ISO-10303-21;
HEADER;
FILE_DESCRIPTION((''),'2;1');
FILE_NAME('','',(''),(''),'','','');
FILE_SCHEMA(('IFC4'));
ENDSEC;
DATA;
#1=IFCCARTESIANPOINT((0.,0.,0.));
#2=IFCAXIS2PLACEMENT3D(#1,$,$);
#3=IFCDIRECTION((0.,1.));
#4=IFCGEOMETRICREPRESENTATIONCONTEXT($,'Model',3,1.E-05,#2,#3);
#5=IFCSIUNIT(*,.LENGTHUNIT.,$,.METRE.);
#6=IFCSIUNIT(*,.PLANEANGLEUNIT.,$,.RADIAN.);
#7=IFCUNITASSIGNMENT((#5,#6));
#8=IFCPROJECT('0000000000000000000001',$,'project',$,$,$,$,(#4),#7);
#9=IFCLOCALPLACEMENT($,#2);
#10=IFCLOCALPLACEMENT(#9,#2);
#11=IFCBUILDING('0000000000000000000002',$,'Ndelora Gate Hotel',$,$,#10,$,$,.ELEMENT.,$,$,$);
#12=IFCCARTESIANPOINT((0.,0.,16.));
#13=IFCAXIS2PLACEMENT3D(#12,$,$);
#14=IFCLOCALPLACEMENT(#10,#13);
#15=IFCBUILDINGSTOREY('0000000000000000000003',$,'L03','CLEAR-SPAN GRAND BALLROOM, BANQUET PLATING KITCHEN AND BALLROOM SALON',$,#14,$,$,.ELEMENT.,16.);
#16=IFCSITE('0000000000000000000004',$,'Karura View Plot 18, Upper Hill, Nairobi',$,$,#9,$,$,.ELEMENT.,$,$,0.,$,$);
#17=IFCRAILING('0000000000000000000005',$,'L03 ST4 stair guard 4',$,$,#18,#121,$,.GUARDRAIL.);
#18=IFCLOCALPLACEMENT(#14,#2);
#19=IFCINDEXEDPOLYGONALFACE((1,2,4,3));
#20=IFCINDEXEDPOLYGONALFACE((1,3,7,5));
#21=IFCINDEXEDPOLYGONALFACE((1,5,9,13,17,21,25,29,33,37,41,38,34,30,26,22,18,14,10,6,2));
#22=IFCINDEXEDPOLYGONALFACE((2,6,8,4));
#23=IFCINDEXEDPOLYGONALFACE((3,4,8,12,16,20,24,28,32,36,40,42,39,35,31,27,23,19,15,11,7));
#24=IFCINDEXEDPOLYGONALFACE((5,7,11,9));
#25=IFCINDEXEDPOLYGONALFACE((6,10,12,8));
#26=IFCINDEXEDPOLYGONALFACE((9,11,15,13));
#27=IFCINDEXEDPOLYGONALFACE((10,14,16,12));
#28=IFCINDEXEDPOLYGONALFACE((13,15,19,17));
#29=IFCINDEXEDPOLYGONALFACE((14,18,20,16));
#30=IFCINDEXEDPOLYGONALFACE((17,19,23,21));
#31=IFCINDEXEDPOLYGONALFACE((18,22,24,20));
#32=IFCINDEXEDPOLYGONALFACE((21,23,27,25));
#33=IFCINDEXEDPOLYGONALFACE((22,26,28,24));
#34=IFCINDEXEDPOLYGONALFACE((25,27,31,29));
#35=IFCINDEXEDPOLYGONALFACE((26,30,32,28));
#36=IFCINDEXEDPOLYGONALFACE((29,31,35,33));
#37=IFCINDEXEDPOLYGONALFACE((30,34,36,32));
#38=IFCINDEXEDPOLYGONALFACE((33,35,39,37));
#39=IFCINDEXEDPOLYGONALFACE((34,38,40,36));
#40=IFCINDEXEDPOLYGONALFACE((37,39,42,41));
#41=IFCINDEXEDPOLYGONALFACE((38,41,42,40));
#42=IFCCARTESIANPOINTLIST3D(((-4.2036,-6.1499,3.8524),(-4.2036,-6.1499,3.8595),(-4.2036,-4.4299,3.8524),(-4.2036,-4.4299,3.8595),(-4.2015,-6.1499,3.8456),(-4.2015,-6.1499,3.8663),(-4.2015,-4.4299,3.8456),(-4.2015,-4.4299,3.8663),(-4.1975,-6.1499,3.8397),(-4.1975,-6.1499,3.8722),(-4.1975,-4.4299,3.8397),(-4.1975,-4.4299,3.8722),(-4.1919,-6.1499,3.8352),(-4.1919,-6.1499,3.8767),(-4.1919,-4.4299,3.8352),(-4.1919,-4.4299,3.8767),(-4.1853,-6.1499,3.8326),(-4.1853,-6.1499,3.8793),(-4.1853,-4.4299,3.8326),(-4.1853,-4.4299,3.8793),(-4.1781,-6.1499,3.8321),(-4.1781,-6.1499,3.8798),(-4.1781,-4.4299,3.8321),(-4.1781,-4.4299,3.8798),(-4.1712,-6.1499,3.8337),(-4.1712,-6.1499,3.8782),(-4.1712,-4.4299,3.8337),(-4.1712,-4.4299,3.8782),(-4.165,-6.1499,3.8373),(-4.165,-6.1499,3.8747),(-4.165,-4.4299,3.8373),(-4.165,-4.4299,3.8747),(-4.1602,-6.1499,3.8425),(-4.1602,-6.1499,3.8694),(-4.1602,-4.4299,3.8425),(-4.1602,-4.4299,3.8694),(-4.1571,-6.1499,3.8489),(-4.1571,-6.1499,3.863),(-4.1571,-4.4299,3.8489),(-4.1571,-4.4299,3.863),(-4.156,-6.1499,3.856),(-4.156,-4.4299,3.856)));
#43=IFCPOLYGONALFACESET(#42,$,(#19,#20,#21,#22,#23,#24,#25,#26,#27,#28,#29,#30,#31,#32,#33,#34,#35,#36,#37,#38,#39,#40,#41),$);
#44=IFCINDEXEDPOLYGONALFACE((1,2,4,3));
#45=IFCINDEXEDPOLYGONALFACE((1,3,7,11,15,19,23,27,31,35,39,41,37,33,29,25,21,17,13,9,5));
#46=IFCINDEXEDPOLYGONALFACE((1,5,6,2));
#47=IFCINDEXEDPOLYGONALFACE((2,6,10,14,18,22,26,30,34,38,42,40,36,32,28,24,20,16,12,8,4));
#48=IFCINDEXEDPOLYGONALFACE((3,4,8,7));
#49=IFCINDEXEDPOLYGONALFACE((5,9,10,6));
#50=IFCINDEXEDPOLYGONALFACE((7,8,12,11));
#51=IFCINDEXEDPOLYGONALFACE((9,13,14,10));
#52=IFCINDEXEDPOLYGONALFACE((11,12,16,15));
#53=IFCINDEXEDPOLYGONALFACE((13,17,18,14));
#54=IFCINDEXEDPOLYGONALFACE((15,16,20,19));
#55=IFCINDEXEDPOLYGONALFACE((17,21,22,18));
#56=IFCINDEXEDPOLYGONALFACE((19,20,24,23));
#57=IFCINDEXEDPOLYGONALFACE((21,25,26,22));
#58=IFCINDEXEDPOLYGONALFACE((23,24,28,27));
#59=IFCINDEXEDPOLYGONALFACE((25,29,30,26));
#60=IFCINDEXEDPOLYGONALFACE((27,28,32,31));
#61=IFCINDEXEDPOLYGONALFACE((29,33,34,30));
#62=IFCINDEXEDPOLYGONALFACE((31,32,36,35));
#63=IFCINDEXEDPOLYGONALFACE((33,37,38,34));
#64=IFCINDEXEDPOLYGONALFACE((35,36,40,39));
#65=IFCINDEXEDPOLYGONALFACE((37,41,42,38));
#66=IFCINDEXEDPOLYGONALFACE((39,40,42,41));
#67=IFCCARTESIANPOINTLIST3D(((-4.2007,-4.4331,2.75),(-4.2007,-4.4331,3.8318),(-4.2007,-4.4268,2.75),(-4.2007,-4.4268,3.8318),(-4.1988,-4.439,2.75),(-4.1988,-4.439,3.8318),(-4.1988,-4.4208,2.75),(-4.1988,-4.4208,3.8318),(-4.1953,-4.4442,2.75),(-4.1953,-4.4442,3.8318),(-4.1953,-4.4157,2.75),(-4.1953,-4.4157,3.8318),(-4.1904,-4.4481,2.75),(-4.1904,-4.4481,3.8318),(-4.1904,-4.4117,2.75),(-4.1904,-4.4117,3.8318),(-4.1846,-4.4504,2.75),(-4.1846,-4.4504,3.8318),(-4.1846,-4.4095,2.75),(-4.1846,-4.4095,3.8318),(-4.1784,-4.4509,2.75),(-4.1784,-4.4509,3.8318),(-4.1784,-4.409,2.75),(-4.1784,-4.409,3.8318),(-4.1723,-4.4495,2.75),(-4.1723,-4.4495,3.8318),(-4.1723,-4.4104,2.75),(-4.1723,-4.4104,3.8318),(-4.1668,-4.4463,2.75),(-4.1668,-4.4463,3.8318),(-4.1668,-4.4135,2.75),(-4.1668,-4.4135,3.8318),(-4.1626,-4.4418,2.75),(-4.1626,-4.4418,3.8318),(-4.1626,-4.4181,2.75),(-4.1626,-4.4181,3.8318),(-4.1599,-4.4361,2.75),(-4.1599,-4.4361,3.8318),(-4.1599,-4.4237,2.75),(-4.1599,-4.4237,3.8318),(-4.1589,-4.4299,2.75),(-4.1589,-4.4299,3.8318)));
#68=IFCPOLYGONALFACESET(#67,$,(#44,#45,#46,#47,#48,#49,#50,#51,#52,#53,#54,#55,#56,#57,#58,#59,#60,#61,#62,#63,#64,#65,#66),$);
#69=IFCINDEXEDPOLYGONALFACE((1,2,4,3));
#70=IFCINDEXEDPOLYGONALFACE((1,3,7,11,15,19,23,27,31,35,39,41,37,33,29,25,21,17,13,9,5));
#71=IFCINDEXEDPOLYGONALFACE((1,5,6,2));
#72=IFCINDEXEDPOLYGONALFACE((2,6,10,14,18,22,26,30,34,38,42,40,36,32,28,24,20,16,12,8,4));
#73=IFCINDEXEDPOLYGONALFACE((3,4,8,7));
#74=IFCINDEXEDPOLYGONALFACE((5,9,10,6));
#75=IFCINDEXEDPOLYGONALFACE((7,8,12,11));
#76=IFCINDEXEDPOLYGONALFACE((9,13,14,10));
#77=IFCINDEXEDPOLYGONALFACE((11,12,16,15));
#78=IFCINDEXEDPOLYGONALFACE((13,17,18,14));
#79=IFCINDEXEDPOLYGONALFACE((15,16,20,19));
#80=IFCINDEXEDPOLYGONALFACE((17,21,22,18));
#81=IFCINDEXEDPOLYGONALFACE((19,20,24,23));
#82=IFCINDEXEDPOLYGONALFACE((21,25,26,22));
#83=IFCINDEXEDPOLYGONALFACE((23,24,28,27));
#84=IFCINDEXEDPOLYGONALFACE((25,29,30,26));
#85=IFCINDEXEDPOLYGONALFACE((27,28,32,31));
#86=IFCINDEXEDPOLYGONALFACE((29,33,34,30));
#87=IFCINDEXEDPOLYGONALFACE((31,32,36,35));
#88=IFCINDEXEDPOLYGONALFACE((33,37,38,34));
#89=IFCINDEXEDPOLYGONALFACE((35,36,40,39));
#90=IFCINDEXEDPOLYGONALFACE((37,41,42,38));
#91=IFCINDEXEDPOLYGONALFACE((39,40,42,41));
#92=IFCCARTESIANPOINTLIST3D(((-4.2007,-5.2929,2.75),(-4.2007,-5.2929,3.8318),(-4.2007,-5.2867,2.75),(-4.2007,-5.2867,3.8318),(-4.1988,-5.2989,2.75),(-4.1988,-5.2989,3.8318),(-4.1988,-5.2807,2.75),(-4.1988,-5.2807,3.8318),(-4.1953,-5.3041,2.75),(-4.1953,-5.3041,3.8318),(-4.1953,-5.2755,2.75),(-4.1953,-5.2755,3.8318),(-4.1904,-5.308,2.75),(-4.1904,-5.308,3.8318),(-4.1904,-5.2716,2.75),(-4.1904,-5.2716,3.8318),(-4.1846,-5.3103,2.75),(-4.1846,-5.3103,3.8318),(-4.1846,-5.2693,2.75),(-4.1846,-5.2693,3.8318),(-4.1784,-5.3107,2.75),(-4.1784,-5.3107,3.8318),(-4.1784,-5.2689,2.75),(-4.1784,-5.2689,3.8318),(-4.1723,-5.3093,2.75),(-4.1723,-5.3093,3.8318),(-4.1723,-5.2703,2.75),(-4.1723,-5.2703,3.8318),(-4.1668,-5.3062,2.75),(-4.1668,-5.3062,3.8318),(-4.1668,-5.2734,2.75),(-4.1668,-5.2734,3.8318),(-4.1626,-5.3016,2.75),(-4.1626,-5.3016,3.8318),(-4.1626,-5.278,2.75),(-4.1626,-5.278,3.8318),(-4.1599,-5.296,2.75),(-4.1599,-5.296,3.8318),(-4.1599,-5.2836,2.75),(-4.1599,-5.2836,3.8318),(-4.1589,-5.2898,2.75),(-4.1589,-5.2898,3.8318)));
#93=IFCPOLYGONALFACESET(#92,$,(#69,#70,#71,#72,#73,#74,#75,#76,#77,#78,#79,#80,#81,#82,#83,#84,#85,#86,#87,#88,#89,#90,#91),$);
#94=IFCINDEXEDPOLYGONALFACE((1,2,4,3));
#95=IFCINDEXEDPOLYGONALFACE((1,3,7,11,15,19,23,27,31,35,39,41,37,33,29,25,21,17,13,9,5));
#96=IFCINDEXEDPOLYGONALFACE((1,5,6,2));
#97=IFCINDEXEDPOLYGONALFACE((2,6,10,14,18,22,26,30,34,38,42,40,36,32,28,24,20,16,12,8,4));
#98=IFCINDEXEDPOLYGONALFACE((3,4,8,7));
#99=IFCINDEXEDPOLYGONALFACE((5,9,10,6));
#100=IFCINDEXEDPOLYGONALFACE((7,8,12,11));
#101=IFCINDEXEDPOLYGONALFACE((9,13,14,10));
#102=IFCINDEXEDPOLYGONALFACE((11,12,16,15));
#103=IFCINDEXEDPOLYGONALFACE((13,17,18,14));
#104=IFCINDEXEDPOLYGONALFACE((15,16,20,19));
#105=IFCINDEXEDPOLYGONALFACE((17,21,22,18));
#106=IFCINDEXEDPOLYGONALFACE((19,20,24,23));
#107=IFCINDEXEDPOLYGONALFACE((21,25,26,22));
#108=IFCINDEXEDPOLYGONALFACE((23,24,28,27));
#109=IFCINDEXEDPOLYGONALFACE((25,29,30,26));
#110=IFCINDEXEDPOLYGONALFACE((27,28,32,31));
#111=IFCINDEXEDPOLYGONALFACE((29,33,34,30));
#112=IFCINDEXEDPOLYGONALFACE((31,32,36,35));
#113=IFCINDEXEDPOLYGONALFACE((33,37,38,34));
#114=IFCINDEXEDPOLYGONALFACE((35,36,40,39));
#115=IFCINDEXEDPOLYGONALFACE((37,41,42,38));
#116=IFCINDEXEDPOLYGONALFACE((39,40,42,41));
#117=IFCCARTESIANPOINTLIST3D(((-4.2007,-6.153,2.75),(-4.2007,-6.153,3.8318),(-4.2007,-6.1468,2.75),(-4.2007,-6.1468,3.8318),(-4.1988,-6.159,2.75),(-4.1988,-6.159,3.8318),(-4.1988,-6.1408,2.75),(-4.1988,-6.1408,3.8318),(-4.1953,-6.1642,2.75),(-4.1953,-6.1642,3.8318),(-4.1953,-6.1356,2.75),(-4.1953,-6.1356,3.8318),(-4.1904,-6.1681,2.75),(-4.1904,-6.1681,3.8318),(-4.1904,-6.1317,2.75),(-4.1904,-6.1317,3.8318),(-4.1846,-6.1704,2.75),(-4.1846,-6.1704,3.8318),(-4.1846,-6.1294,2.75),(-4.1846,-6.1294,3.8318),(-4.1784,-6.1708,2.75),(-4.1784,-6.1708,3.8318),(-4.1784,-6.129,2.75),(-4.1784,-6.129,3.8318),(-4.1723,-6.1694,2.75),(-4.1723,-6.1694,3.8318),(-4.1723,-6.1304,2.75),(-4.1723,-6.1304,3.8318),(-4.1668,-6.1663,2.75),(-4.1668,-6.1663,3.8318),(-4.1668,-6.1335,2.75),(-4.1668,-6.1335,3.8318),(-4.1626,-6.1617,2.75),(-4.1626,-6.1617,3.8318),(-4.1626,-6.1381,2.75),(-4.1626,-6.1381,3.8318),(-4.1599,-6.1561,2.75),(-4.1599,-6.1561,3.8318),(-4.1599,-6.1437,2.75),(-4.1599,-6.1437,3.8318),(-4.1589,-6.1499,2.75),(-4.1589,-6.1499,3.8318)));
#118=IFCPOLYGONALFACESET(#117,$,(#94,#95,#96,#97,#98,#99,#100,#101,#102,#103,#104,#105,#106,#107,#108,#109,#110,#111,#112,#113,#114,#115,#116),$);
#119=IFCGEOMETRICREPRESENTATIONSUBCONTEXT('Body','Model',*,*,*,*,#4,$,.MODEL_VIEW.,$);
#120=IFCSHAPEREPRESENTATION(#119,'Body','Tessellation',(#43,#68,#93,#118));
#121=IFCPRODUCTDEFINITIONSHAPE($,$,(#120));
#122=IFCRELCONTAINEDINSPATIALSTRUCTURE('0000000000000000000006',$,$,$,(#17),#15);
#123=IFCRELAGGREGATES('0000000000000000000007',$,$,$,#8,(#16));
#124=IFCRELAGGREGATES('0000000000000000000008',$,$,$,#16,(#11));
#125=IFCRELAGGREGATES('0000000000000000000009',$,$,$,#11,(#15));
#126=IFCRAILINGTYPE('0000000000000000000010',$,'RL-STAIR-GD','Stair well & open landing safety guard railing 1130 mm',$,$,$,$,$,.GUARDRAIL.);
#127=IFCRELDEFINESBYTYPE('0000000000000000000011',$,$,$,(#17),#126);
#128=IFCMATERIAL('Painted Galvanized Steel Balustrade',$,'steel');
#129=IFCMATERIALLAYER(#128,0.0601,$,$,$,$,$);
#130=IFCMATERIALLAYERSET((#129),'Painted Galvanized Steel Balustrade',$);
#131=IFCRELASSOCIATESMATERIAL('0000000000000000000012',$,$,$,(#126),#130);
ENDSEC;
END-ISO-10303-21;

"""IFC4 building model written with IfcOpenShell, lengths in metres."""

from ifc_helpers import new_model, si_unit, direction, frame, origin, origin_2d, place, context, subcontext, project, spatial, circle, extrude, material, layer, layer_set, type_object, element, save


model = new_model("IFC4")

# Units and contexts
model_context = context("Model", 3, precision=1e-05, world=origin(), true_north=direction((0.0, 1.0)))
body_context = subcontext(model_context, "Body", "Model", "MODEL_VIEW")
ifc_project = project(units=[si_unit("LENGTHUNIT", "METRE"), si_unit("PLANEANGLEUNIT", "RADIAN")], contexts=[model_context])

# Site, building, storey
site_placement = place(None, origin())
site = spatial("IfcSite", under=ifc_project, at=site_placement, Name="Karura View Plot 18, Upper Hill, Nairobi", CompositionType="ELEMENT", RefElevation=0.0)
building_placement = place(site_placement, origin())
building = spatial("IfcBuilding", under=site, at=building_placement, Name="Ndelora Gate Hotel", CompositionType="ELEMENT")
storey_placement = place(building_placement, frame((0.0, 0.0, 16.0)))
storey = spatial("IfcBuildingStorey", under=building, at=storey_placement, Name="L03", Description="CLEAR-SPAN GRAND BALLROOM, BANQUET PLATING KITCHEN AND BALLROOM SALON", CompositionType="ELEMENT", Elevation=16.0)

# Railing
ifc_material_1 = material(Name="Painted Galvanized Steel Balustrade", Category="steel")
ifc_layer_1 = layer(ifc_material_1, 0.0601)
ifc_layer_set_1 = layer_set([ifc_layer_1], Name="Painted Galvanized Steel Balustrade")
railing_type = type_object("IfcRailingType", Name="RL-STAIR-GD", Description="Stair well & open landing safety guard railing 1130 mm", PredefinedType="GUARDRAIL", material=ifc_layer_set_1)
for number, where, name in (
    (1, (-4.1799, -4.4299, 2.75), "L03 ST4 stair guard 4"),
):
    element("IfcRailing", number, at=place(storey_placement, frame(where)), inside=storey, type_object=railing_type, Name=name, PredefinedType="GUARDRAIL", context=body_context, shape_type="SweptSolid", body=[
        extrude(circle(Radius=0.0239, at=origin_2d()), frame((0.0, 0.0, 1.106), z_axis=(0.0, -1.0, 0.0), x_axis=(1.0, 0.0, 0.0)), (0.0, 0.0, 1.0), 1.72),
        extrude(circle(Radius=0.021, at=origin_2d()), origin(), (0.0, 0.0, 1.0), 1.0818),
        extrude(circle(Radius=0.021, at=origin_2d()), frame((0.0, -0.8599, 0.0)), (0.0, 0.0, 1.0), 1.0818),
        extrude(circle(Radius=0.021, at=origin_2d()), frame((0.0, -1.72, 0.0)), (0.0, 0.0, 1.0), 1.0818),
    ])

save(model, "model.ifc")
